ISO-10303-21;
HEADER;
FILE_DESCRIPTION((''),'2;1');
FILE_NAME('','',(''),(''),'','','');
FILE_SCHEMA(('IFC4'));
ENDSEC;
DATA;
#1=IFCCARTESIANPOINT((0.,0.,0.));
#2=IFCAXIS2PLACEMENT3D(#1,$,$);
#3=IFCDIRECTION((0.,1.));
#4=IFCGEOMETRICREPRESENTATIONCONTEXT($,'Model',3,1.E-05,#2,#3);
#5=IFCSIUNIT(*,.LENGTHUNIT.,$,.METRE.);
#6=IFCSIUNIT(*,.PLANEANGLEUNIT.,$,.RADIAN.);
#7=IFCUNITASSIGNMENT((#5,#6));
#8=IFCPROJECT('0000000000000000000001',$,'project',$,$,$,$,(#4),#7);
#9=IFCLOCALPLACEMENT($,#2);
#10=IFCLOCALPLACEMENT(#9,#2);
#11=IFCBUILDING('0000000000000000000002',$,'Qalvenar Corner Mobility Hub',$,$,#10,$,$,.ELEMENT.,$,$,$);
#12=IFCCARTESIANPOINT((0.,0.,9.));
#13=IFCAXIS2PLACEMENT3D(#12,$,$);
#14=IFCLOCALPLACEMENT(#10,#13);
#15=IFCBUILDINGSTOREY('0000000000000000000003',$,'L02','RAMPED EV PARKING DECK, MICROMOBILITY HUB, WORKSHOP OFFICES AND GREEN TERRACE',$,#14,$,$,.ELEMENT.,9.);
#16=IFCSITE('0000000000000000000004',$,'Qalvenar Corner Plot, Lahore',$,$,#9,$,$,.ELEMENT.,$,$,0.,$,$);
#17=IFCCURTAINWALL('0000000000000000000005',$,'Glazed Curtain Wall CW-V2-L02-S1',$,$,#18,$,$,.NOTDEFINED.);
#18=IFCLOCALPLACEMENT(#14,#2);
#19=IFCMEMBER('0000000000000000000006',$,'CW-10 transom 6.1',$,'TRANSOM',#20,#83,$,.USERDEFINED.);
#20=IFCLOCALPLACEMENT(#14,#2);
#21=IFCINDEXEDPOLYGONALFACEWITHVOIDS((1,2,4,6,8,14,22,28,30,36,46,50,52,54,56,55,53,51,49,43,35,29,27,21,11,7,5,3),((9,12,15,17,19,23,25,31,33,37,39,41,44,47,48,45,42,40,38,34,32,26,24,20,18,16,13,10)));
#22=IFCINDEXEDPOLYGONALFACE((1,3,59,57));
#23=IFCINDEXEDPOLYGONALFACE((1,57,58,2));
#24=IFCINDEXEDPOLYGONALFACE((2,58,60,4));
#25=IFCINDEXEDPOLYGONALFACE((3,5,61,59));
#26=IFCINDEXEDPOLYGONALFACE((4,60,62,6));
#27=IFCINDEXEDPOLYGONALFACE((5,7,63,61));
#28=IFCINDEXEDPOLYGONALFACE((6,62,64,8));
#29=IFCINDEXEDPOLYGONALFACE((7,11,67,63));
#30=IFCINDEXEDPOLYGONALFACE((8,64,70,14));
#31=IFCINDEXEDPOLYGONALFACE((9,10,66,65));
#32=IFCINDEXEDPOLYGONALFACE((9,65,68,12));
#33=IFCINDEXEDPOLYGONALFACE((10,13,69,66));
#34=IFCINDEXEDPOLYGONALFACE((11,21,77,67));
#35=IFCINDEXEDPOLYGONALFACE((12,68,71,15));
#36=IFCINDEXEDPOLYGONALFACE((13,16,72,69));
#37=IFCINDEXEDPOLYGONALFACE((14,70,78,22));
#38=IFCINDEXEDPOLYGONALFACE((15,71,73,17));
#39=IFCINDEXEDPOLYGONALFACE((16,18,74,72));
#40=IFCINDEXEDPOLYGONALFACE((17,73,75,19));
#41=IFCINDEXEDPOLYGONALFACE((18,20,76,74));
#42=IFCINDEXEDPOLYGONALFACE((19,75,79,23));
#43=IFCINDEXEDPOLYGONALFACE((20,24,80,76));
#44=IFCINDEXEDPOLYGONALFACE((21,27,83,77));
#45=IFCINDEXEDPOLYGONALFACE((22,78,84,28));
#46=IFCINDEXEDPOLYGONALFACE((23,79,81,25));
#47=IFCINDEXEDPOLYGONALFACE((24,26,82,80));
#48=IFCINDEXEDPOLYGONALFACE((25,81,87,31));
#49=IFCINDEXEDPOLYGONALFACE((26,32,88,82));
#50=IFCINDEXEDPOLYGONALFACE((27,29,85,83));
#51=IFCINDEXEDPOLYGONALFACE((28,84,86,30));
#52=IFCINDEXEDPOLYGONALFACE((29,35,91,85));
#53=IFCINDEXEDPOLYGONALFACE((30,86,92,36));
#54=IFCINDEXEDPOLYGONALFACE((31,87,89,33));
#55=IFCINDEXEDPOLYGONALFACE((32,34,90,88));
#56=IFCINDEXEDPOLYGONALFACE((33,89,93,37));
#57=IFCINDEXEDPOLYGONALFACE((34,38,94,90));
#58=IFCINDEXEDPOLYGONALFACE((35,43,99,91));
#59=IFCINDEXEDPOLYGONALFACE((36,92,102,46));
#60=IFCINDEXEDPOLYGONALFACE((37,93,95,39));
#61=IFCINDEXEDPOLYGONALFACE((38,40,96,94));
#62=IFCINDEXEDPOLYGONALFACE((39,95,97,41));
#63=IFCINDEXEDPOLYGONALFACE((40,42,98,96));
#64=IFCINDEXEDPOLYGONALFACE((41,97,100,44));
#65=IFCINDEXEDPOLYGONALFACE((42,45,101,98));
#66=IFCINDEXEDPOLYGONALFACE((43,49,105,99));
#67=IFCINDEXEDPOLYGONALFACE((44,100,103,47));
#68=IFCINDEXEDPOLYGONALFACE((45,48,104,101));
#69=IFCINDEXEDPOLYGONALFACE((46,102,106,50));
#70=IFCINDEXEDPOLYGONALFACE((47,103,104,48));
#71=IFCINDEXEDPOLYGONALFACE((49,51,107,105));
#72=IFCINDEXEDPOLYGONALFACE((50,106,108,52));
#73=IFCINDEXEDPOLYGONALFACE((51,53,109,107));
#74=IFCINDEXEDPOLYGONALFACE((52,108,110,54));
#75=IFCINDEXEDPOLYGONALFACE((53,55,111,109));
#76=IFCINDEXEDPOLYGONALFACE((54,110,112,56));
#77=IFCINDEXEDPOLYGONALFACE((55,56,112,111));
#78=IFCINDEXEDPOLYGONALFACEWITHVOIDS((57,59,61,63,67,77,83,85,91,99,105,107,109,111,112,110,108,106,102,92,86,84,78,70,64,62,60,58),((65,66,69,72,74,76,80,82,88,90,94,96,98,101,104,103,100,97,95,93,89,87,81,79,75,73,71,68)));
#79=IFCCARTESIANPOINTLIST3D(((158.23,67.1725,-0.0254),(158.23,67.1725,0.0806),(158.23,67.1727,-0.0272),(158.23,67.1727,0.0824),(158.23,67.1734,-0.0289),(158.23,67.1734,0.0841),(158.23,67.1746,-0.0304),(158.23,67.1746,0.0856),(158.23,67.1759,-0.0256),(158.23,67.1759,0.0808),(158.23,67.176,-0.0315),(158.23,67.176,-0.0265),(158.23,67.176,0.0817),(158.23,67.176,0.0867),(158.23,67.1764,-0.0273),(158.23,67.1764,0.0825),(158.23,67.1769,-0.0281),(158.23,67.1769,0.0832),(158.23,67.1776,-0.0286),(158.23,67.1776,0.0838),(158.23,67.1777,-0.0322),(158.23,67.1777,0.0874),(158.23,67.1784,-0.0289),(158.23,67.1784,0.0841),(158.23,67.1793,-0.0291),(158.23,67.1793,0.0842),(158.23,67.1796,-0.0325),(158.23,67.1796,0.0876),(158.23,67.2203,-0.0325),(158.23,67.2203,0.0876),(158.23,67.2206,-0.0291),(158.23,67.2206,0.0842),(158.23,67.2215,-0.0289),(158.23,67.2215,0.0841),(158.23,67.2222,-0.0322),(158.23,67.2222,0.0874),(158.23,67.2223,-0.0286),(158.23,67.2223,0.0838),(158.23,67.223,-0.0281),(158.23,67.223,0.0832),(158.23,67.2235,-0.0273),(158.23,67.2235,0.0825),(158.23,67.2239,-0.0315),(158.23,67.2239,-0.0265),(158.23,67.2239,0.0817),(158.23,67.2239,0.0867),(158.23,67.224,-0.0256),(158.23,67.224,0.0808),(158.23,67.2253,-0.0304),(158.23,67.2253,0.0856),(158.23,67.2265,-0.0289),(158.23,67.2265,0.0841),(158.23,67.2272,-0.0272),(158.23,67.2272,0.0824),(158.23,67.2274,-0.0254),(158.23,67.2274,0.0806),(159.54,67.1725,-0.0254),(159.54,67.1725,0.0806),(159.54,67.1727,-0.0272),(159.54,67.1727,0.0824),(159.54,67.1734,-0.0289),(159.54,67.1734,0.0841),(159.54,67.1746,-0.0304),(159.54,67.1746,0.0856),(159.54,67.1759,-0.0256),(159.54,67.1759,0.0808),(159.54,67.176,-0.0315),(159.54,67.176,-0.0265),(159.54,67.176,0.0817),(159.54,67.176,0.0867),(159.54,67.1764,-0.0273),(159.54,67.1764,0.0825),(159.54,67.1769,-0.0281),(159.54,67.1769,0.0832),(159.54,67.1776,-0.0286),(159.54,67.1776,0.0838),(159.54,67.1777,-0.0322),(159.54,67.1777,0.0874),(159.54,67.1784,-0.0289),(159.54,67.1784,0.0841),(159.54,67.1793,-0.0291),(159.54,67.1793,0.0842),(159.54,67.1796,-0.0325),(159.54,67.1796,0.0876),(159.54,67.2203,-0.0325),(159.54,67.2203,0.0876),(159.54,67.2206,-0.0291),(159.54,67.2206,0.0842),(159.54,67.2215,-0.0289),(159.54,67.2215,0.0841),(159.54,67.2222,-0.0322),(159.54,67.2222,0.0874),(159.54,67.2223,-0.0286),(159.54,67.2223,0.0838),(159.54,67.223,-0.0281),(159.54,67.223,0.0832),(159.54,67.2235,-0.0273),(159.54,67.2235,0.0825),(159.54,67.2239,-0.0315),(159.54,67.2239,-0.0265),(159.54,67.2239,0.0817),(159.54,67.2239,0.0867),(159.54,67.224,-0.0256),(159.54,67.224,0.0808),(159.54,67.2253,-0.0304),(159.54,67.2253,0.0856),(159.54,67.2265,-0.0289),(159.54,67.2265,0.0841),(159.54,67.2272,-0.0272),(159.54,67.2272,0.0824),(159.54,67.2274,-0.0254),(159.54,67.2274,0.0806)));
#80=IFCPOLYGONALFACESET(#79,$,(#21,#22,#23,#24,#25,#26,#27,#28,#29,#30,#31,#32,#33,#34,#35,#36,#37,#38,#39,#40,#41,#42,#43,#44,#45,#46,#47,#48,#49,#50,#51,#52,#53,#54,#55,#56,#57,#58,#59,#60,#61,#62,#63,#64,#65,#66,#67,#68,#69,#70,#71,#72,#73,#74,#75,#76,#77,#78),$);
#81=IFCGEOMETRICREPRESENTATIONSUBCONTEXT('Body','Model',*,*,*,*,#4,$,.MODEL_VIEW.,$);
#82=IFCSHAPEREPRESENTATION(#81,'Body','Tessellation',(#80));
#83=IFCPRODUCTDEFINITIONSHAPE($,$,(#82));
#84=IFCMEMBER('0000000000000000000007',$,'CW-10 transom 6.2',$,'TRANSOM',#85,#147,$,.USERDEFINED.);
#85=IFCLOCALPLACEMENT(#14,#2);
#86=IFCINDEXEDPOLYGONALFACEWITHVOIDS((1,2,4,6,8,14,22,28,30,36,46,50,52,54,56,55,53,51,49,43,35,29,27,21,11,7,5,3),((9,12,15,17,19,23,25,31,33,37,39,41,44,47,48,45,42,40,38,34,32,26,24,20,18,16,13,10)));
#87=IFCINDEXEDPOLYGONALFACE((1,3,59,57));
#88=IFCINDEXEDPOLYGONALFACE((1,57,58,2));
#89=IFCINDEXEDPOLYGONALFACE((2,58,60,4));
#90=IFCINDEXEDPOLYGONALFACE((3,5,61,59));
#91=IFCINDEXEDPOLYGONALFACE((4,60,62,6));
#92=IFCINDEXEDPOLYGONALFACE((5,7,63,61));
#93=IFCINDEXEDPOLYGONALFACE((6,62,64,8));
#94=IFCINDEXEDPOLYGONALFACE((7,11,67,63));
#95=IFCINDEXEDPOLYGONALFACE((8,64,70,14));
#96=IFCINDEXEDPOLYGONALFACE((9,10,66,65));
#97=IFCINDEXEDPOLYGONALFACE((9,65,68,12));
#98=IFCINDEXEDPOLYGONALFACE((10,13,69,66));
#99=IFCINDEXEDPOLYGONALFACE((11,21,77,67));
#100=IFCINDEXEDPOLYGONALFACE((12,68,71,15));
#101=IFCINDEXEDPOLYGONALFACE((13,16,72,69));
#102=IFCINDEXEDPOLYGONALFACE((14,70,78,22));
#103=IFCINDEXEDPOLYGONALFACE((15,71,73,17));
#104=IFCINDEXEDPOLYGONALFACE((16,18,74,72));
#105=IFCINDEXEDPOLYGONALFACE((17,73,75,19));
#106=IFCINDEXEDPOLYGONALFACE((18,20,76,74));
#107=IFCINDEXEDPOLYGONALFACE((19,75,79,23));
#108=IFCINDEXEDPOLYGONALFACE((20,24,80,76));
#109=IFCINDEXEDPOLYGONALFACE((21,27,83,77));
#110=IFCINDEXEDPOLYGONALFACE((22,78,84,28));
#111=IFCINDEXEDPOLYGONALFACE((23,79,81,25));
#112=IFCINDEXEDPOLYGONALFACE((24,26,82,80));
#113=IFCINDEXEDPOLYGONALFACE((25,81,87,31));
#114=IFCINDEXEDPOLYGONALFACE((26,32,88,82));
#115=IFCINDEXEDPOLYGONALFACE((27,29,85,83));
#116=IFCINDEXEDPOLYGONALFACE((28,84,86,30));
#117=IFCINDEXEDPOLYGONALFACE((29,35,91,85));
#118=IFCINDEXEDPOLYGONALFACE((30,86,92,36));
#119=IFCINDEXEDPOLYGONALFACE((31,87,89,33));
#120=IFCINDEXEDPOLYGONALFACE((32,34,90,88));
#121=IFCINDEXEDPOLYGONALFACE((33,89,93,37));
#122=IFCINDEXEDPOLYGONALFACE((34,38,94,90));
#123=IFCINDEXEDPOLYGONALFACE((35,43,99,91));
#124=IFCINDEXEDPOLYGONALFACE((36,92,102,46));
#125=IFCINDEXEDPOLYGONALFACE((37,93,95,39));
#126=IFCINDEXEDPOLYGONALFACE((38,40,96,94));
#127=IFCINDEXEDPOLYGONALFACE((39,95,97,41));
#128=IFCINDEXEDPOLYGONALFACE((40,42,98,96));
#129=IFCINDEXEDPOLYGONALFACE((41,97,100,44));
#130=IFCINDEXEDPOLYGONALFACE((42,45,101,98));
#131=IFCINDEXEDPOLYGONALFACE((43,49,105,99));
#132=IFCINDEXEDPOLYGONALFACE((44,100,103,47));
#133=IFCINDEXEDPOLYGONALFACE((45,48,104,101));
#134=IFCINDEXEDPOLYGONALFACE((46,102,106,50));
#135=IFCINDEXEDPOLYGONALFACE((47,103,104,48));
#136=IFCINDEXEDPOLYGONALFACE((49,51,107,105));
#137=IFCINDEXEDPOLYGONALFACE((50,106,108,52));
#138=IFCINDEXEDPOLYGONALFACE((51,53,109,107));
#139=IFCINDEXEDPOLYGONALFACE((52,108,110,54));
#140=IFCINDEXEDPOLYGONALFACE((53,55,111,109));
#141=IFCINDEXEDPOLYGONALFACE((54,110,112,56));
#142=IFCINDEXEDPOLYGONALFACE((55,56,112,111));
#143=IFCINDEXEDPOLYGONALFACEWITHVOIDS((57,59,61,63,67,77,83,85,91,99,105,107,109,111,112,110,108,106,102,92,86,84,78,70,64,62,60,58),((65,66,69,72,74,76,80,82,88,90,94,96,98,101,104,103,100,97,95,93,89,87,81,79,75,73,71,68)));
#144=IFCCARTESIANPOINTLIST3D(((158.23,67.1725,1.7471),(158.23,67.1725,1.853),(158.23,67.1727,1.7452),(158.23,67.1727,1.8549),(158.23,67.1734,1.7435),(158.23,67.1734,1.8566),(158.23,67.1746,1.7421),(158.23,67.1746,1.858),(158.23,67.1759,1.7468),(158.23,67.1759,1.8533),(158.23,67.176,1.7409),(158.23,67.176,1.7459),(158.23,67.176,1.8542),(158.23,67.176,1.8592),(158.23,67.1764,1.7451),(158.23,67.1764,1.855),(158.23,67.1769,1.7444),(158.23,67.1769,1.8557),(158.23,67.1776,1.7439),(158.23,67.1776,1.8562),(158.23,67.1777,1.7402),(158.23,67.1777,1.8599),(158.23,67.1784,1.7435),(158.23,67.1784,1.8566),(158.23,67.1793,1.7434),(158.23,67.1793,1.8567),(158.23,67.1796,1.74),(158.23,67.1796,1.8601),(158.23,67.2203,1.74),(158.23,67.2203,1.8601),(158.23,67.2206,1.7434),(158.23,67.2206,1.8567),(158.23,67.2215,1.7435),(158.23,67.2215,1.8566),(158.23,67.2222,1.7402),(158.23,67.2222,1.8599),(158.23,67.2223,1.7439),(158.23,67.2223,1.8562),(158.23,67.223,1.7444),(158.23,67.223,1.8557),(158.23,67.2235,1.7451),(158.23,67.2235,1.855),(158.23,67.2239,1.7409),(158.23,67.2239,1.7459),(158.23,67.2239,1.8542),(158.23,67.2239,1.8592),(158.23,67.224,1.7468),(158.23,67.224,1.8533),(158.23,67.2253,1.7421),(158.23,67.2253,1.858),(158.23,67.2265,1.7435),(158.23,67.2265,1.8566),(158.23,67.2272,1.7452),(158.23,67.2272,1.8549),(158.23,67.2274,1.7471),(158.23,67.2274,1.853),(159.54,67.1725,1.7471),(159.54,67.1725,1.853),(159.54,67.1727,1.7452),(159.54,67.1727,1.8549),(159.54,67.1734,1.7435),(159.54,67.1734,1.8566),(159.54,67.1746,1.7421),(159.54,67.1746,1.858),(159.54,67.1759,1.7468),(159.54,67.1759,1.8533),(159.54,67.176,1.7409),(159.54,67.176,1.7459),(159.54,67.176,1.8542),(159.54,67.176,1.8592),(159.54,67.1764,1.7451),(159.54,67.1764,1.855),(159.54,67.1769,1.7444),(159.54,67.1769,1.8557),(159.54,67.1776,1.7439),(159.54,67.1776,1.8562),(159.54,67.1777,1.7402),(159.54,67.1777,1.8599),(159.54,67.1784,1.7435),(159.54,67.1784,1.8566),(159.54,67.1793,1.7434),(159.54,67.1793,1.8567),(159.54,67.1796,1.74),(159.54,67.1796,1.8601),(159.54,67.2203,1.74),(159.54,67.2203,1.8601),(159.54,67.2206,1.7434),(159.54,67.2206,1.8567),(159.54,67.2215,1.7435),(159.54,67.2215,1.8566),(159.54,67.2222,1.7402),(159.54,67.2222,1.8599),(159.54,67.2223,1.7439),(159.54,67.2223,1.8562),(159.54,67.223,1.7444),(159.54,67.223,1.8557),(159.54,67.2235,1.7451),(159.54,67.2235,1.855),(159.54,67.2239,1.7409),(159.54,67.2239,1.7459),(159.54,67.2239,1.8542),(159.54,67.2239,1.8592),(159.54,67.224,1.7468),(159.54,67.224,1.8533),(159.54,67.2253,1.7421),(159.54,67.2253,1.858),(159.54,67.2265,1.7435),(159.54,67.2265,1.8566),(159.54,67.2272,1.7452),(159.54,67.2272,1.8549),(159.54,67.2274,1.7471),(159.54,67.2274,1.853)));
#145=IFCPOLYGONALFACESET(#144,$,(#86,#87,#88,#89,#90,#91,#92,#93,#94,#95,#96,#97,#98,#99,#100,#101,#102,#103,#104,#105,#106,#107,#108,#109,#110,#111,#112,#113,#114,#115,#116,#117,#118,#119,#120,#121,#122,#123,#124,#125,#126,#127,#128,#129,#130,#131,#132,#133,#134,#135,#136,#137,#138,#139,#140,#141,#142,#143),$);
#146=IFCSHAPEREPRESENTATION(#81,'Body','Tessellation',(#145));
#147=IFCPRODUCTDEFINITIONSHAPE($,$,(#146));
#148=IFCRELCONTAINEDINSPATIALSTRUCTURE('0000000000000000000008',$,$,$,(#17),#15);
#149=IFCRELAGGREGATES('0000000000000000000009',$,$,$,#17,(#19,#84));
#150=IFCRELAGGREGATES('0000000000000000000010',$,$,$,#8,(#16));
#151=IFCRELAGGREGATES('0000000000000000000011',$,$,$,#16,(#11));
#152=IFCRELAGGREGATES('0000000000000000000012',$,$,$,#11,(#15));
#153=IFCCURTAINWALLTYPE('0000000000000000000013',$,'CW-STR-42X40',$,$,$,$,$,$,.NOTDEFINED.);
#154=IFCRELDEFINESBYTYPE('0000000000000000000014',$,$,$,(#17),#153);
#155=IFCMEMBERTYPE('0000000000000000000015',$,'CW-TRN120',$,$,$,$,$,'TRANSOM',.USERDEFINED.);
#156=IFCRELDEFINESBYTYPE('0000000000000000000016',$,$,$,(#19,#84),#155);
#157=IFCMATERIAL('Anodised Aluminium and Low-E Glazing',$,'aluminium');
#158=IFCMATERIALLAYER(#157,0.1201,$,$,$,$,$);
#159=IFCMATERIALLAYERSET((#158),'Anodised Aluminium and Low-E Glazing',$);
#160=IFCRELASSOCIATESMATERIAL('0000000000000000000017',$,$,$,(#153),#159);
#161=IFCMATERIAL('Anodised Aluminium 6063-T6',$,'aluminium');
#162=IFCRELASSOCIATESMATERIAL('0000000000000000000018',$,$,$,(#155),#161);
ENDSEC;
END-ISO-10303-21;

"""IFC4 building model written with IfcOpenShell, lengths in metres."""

from ifc_helpers import new_model, si_unit, direction, frame, origin, origin_2d, place, context, subcontext, project, spatial, hollow_rectangle, extrude, material, layer, layer_set, material_profile, profile_set, type_object, element, aggregate, save


model = new_model("IFC4")

# Units and contexts
model_context = context("Model", 3, precision=1e-05, world=origin(), true_north=direction((0.0, 1.0)))
body_context = subcontext(model_context, "Body", "Model", "MODEL_VIEW")
ifc_project = project(units=[si_unit("LENGTHUNIT", "METRE"), si_unit("PLANEANGLEUNIT", "RADIAN")], contexts=[model_context])

# Site, building, storey
site_placement = place(None, origin())
site = spatial("IfcSite", under=ifc_project, at=site_placement, Name="Qalvenar Corner Plot, Lahore", CompositionType="ELEMENT", RefElevation=0.0)
building_placement = place(site_placement, origin())
building = spatial("IfcBuilding", under=site, at=building_placement, Name="Qalvenar Corner Mobility Hub", CompositionType="ELEMENT")
storey_placement = place(building_placement, frame((0.0, 0.0, 9.0)))
storey = spatial("IfcBuildingStorey", under=building, at=storey_placement, Name="L02", Description="RAMPED EV PARKING DECK, MICROMOBILITY HUB, WORKSHOP OFFICES AND GREEN TERRACE", CompositionType="ELEMENT", Elevation=9.0)

# Curtain wall, members
ifc_material_1 = material(Name="Anodised Aluminium and Low-E Glazing", Category="aluminium")
ifc_layer_1 = layer(ifc_material_1, 0.1201)
ifc_layer_set_1 = layer_set([ifc_layer_1], Name="Anodised Aluminium and Low-E Glazing")
curtain_wall_type = type_object("IfcCurtainWallType", Name="CW-STR-42X40", PredefinedType="NOTDEFINED", material=ifc_layer_set_1)
curtain_wall_placement = place(storey_placement, origin())
curtain_wall = element("IfcCurtainWall", 1, at=curtain_wall_placement, inside=storey, type_object=curtain_wall_type, Name="Glazed Curtain Wall CW-V2-L02-S1", PredefinedType="NOTDEFINED")
ifc_material_2 = material(Name="Anodised Aluminium 6063-T6", Category="aluminium")
ifc_material_profile_1 = material_profile(ifc_material_2, hollow_rectangle(XDim=0.0549, YDim=0.1201, WallThickness=0.0034, InnerFilletRadius=0.0034, OuterFilletRadius=0.0071, at=origin_2d()), Name="RHS120x55x3.5")
ifc_profile_set_1 = profile_set([ifc_material_profile_1], Name="Anodised Aluminium 6063-T6")
member_type_1 = type_object("IfcMemberType", Name="CW-TRN120", ElementType="TRANSOM", PredefinedType="USERDEFINED", material=ifc_profile_set_1)
member_1_placement = place(storey_placement, frame((158.23, 67.2, 0.0276), z_axis=(1.0, 0.0, 0.0), x_axis=(0.0, 1.0, 0.0)))
member_1 = element("IfcMember", 2, at=member_1_placement, type_object=member_type_1, Name="CW-10 transom 6.1", ObjectType="TRANSOM", PredefinedType="USERDEFINED", context=body_context, shape_type="SweptSolid", body=[
    extrude(hollow_rectangle(XDim=0.0549, YDim=0.1201, WallThickness=0.0034, InnerFilletRadius=0.0034, OuterFilletRadius=0.0071, at=origin_2d()), origin(), (0.0, 0.0, 1.0), 1.3101),
])
member_2_placement = place(storey_placement, frame((158.23, 67.2, 1.8), z_axis=(1.0, 0.0, 0.0), x_axis=(0.0, 1.0, 0.0)))
member_2 = element("IfcMember", 3, at=member_2_placement, type_object=member_type_1, Name="CW-10 transom 6.2", ObjectType="TRANSOM", PredefinedType="USERDEFINED", context=body_context, shape_type="SweptSolid", body=[
    extrude(hollow_rectangle(XDim=0.0549, YDim=0.1201, WallThickness=0.0034, InnerFilletRadius=0.0034, OuterFilletRadius=0.0071, at=origin_2d()), origin(), (0.0, 0.0, 1.0), 1.3101),
])

aggregate(curtain_wall, [member_1, member_2])

save(model, "model.ifc")
